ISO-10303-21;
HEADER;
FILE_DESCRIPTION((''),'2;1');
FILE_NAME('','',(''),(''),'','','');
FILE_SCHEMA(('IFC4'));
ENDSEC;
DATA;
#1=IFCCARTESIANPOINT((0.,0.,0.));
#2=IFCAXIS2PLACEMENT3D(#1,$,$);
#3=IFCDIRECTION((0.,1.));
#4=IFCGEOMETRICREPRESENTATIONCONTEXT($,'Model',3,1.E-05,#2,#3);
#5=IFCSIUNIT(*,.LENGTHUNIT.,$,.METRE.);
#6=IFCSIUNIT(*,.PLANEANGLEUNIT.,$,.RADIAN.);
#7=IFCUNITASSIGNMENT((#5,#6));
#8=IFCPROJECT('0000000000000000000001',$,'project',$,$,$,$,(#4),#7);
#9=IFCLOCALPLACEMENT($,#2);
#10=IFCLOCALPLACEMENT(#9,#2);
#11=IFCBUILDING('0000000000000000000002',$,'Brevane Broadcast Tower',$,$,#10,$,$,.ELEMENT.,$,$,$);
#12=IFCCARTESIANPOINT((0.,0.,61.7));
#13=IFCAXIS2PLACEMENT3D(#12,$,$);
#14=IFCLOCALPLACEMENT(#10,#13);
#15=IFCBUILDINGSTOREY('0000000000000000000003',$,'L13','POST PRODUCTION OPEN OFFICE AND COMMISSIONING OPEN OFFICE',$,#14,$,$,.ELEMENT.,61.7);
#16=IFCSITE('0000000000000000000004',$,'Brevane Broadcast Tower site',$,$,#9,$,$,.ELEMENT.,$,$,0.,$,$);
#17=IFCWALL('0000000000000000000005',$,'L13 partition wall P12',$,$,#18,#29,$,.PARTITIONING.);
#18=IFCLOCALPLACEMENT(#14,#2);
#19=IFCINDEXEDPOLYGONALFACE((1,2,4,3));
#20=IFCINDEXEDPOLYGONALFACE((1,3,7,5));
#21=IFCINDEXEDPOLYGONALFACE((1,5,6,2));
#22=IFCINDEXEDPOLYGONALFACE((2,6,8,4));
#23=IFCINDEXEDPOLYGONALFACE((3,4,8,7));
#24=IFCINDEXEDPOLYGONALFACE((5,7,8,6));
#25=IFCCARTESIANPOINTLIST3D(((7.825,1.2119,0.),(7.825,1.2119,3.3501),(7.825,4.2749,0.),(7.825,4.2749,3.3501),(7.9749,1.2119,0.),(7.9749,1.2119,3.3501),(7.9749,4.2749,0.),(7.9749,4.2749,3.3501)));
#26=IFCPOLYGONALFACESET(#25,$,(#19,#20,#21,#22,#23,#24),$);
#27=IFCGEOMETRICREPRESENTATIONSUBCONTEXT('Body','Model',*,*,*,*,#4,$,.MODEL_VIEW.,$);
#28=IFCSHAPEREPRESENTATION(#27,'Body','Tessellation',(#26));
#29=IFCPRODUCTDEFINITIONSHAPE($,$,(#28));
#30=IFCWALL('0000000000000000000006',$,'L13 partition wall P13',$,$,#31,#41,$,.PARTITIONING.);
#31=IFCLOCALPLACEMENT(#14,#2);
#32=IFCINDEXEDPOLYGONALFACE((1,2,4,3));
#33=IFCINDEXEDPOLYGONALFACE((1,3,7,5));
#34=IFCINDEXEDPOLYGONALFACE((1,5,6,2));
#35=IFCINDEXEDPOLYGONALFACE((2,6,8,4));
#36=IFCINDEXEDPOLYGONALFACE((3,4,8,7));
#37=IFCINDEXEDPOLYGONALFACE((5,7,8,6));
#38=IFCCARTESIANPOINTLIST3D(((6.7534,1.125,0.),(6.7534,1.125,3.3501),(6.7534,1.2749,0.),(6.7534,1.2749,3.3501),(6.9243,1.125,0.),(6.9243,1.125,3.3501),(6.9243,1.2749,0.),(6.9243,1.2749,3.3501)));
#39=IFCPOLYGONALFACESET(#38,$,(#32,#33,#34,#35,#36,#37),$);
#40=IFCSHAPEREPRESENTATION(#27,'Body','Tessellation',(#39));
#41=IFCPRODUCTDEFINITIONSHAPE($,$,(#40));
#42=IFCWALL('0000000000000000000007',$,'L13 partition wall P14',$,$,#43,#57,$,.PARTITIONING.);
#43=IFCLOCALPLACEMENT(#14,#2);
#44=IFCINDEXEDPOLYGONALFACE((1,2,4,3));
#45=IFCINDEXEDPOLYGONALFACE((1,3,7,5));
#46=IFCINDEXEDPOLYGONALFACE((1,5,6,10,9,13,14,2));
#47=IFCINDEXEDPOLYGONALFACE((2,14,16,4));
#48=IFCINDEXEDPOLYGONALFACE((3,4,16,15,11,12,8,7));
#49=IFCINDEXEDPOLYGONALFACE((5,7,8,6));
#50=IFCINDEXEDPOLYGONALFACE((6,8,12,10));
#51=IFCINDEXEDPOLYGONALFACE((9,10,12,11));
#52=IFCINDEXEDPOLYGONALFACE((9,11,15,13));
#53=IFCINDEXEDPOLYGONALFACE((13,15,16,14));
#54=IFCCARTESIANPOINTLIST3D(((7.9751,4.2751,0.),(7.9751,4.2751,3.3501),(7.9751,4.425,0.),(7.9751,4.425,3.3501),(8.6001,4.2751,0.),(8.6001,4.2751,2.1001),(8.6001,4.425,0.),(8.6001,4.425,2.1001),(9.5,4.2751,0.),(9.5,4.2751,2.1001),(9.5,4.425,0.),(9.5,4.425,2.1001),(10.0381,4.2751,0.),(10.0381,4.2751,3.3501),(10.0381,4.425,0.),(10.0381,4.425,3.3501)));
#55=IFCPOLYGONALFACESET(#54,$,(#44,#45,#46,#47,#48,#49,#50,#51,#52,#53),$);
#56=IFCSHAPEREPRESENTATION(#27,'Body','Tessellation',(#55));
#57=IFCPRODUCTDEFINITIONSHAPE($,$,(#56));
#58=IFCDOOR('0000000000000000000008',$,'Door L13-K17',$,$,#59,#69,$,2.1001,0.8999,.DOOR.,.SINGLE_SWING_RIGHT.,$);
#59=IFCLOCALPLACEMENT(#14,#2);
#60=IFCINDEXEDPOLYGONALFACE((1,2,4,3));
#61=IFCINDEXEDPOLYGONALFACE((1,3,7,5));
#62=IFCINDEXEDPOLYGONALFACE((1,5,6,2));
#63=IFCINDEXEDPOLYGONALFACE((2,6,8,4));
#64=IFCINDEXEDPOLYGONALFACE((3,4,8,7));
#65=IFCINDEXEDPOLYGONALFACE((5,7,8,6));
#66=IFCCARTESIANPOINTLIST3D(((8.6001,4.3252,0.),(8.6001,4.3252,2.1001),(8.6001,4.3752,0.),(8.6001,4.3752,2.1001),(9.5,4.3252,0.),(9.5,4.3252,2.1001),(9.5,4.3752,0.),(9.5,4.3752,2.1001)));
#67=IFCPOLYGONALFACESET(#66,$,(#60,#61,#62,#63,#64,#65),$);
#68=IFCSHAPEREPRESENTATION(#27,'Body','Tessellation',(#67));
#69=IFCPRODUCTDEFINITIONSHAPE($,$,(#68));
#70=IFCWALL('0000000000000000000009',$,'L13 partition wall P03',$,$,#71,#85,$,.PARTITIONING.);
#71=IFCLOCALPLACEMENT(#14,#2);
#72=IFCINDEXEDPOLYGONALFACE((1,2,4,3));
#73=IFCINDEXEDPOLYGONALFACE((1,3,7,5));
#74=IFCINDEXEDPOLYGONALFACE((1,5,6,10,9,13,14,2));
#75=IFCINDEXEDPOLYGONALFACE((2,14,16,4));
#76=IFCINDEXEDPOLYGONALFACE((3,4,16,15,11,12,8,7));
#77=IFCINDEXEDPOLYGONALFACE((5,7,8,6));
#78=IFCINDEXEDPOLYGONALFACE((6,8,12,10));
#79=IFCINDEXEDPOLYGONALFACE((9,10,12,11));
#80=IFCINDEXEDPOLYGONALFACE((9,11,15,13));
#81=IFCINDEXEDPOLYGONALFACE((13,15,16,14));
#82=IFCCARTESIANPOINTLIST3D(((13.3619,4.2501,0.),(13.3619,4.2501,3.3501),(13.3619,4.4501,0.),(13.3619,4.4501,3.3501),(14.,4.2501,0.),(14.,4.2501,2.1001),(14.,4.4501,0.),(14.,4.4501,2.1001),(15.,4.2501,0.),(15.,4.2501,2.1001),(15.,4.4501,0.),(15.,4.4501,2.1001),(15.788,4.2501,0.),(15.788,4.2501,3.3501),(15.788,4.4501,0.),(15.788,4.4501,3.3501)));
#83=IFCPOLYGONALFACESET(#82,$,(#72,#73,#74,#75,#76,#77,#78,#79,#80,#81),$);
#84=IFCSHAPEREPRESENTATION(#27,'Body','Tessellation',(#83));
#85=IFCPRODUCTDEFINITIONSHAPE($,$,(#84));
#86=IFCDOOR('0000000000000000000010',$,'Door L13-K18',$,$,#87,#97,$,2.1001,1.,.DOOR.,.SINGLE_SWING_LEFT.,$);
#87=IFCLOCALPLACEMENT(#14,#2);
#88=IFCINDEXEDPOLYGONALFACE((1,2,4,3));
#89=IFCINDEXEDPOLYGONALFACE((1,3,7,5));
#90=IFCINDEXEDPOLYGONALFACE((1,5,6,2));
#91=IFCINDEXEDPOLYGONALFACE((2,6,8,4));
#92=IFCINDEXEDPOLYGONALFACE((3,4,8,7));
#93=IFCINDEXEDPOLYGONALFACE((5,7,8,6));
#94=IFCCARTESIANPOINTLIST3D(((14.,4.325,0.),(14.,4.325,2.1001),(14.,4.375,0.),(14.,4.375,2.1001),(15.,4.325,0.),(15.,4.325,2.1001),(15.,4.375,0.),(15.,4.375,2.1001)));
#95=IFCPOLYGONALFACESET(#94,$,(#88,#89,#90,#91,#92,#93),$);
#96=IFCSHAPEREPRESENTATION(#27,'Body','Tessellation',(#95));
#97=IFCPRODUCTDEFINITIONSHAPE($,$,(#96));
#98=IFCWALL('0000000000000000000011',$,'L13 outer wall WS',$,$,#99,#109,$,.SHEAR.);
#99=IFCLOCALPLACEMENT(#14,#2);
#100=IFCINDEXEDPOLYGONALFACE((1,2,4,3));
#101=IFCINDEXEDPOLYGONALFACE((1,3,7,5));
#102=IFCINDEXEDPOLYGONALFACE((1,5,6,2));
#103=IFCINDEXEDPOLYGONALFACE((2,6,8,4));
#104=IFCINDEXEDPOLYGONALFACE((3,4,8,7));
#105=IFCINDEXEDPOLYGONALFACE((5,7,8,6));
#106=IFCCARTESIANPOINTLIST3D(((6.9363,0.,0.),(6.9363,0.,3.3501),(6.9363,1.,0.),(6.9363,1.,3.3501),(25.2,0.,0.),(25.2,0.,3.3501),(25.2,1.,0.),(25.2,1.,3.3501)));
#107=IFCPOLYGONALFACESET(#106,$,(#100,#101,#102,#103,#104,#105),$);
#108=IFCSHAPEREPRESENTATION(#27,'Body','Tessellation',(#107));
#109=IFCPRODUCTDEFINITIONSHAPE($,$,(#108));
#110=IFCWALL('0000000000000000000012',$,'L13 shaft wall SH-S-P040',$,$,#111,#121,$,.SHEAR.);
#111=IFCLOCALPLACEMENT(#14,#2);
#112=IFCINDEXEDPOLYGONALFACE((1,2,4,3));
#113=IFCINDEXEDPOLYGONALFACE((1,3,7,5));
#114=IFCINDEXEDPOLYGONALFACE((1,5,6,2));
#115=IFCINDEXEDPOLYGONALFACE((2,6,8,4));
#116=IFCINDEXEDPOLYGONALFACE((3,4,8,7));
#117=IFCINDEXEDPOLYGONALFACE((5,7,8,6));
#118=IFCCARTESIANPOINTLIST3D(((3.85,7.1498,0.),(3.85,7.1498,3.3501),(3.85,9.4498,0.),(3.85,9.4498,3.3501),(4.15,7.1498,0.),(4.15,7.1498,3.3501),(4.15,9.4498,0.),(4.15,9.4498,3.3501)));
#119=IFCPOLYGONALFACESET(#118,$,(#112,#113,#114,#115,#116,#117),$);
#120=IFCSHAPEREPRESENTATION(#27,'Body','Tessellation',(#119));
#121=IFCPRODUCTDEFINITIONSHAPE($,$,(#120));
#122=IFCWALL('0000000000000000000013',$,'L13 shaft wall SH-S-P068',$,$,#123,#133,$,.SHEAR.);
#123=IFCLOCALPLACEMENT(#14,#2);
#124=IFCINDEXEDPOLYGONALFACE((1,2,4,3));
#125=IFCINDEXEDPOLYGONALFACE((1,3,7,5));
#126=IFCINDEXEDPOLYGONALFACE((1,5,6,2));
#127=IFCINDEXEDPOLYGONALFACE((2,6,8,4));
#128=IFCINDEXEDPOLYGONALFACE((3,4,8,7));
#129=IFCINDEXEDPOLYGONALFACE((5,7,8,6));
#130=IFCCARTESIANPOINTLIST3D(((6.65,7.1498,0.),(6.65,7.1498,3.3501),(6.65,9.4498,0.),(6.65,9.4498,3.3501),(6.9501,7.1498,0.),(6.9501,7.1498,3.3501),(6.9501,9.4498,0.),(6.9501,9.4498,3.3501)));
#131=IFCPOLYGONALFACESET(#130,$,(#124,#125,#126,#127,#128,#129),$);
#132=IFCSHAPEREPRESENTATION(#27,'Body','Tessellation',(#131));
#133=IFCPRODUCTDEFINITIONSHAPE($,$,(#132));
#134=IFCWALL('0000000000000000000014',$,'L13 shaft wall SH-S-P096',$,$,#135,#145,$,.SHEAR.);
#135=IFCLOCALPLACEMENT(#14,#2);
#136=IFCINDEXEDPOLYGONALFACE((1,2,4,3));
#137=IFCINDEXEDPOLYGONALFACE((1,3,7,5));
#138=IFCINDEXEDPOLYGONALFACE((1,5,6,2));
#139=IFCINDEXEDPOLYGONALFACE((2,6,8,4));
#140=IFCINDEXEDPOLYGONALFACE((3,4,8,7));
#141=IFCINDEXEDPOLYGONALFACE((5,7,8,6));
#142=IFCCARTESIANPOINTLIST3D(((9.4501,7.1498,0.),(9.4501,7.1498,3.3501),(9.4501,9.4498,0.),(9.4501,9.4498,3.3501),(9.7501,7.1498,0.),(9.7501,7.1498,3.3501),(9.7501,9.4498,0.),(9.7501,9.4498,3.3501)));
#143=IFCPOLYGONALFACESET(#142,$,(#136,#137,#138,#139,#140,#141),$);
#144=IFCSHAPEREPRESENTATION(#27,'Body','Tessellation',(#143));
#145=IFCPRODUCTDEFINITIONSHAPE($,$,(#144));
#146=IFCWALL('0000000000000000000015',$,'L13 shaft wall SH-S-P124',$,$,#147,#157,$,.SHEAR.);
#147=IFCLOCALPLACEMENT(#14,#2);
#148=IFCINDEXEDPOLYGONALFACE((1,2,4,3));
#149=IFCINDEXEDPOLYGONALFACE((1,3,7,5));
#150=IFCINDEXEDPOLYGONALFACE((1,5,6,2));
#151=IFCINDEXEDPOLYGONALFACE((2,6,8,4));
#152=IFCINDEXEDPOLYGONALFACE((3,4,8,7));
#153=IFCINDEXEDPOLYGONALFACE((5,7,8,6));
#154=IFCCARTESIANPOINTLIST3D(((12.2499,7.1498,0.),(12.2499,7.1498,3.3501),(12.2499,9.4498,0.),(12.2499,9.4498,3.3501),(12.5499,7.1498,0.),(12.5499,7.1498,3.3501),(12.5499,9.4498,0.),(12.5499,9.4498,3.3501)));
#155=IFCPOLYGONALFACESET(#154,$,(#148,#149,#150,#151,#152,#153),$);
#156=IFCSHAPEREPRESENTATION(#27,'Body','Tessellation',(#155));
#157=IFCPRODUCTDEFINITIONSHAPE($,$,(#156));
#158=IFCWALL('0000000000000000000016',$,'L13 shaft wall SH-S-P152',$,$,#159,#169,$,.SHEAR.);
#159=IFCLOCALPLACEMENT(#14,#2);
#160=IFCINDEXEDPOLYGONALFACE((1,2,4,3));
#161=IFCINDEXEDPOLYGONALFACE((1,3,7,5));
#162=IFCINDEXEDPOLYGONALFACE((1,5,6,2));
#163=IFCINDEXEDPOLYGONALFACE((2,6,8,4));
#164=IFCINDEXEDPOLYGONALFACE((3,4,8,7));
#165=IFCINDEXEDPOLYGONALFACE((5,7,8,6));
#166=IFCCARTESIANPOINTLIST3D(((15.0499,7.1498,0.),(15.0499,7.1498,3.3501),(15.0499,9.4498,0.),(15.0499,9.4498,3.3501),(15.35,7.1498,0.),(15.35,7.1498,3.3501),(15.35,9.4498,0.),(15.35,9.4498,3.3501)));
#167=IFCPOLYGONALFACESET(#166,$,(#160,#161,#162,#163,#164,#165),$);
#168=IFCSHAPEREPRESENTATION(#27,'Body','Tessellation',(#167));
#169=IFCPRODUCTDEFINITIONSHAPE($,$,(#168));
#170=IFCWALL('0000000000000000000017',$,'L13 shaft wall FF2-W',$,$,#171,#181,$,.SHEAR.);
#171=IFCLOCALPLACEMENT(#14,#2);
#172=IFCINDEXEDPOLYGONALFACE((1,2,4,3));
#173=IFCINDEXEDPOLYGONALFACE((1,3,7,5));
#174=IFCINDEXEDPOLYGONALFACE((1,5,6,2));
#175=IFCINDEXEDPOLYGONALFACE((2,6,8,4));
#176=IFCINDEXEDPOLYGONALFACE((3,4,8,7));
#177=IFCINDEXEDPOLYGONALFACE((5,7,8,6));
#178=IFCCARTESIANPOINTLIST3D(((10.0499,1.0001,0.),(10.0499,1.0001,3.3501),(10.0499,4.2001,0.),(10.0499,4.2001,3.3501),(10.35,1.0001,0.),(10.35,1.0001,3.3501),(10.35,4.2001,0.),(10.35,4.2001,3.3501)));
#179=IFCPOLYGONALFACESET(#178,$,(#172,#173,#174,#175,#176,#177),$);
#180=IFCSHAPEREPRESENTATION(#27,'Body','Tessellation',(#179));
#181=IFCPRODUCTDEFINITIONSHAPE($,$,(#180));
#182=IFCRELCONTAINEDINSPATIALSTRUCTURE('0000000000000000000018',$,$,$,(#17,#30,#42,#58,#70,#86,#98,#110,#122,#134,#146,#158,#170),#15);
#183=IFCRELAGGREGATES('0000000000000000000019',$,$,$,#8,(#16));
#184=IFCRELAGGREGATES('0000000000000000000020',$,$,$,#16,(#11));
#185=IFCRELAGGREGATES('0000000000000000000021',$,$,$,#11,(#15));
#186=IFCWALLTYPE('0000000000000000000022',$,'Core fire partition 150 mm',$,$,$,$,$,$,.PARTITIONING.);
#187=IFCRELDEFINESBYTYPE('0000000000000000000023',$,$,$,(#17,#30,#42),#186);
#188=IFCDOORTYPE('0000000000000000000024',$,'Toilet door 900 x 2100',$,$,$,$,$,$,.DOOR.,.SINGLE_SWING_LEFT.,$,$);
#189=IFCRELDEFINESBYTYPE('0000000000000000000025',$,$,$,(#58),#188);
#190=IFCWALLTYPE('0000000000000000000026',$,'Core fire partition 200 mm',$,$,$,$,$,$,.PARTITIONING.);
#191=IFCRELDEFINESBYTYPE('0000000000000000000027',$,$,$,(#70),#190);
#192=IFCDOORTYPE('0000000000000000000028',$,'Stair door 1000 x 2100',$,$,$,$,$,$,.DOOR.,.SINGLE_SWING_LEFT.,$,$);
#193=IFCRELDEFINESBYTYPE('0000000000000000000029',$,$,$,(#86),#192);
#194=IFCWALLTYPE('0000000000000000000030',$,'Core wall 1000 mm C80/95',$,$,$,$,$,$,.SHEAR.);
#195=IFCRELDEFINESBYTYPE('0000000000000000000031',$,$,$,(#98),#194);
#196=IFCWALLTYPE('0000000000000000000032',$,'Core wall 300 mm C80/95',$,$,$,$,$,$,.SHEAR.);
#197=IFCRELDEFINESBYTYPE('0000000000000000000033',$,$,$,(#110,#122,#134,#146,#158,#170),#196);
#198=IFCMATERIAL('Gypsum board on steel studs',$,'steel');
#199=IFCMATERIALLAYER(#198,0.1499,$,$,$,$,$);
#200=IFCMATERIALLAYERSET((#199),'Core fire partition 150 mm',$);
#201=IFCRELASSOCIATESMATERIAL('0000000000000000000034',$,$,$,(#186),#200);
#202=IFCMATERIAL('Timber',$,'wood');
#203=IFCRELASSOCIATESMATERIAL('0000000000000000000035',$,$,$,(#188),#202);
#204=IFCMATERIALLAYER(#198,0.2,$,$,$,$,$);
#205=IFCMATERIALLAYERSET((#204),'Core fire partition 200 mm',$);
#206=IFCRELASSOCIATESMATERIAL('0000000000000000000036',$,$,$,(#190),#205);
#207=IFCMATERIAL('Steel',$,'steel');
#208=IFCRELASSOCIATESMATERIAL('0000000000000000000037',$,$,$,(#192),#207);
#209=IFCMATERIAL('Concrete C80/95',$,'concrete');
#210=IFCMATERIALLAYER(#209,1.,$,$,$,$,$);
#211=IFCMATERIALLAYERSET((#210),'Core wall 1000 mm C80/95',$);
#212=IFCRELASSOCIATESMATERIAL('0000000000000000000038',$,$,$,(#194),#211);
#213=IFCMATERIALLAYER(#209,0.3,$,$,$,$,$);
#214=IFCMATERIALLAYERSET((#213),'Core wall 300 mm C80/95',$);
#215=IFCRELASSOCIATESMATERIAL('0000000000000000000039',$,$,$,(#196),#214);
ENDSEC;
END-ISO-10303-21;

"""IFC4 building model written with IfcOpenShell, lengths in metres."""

from ifc_helpers import new_model, si_unit, direction, frame, frame_2d, origin, place, context, subcontext, project, spatial, rectangle, extrude, material, layer, layer_set, type_object, element, fill, save


model = new_model("IFC4")

# Units and contexts
model_context = context("Model", 3, precision=1e-05, world=origin(), true_north=direction((0.0, 1.0)))
body_context = subcontext(model_context, "Body", "Model", "MODEL_VIEW")
ifc_project = project(units=[si_unit("LENGTHUNIT", "METRE"), si_unit("PLANEANGLEUNIT", "RADIAN")], contexts=[model_context])

# Site, building, storey
site_placement = place(None, origin())
site = spatial("IfcSite", under=ifc_project, at=site_placement, Name="Brevane Broadcast Tower site", CompositionType="ELEMENT", RefElevation=0.0)
building_placement = place(site_placement, origin())
building = spatial("IfcBuilding", under=site, at=building_placement, Name="Brevane Broadcast Tower", CompositionType="ELEMENT")
storey_placement = place(building_placement, frame((0.0, 0.0, 61.7)))
storey = spatial("IfcBuildingStorey", under=building, at=storey_placement, Name="L13", Description="POST PRODUCTION OPEN OFFICE AND COMMISSIONING OPEN OFFICE", CompositionType="ELEMENT", Elevation=61.7)

# Shared definitions
ifc_material_1 = material(Name="Gypsum board on steel studs", Category="steel")
ifc_layer_1 = layer(ifc_material_1, 0.1499)
ifc_layer_set_1 = layer_set([ifc_layer_1], Name="Core fire partition 150 mm")
wall_type_1 = type_object("IfcWallType", Name="Core fire partition 150 mm", PredefinedType="PARTITIONING", material=ifc_layer_set_1)

# Shared definitions
ifc_material_2 = material(Name="Timber", Category="wood")
door_type_1 = type_object("IfcDoorType", Name="Toilet door 900 x 2100", OperationType="SINGLE_SWING_LEFT", PredefinedType="DOOR", material=ifc_material_2)

# Walls
wall_1_placement = place(storey_placement, frame((7.8999, 4.2749, 0.0), z_axis=(0.0, 0.0, 1.0), x_axis=(0.0, -1.0, 0.0)))
element("IfcWall", 1, at=wall_1_placement, inside=storey, type_object=wall_type_1, Name="L13 partition wall P12", PredefinedType="PARTITIONING", context=body_context, shape_type="SweptSolid", body=[
    extrude(rectangle(XDim=3.063, YDim=0.1499, at=frame_2d((1.5315, 0.0))), origin(), (0.0, 0.0, 1.0), 3.3501),
])
wall_2_placement = place(storey_placement, frame((6.9243, 1.2, 0.0), z_axis=(0.0, 0.0, 1.0), x_axis=(-1.0, 0.0, 0.0)))
element("IfcWall", 2, at=wall_2_placement, inside=storey, type_object=wall_type_1, Name="L13 partition wall P13", PredefinedType="PARTITIONING", context=body_context, shape_type="SweptSolid", body=[
    extrude(rectangle(XDim=0.1709, YDim=0.1499, at=frame_2d((0.0854, 0.0))), origin(), (0.0, 0.0, 1.0), 3.3501),
])

# Walls, openings, doors
wall_3_placement = place(storey_placement, frame((10.0381, 4.3501, 0.0), z_axis=(0.0, 0.0, 1.0), x_axis=(-1.0, 0.0, 0.0)))
wall_3 = element("IfcWall", 3, at=wall_3_placement, inside=storey, type_object=wall_type_1, Name="L13 partition wall P14", PredefinedType="PARTITIONING", context=body_context, shape_type="SweptSolid", body=[
    extrude(rectangle(XDim=2.063, YDim=0.1499, at=frame_2d((1.0315, 0.0))), origin(), (0.0, 0.0, 1.0), 3.3501),
])
opening_1_placement = place(wall_3_placement, frame((0.5381, 0.0, 0.0)))
opening_1 = element("IfcOpeningElement", 4, at=opening_1_placement, cuts=wall_3, PredefinedType="OPENING", context=body_context, shape_type="SweptSolid", body=[
    extrude(rectangle(XDim=0.8999, YDim=2.1001, at=frame_2d((0.45, 1.05))), frame((0.0, 0.085, 0.0), z_axis=(0.0, -1.0, 0.0), x_axis=(1.0, 0.0, 0.0)), (0.0, 0.0, 1.0), 0.1699),
])
door_1_placement = place(opening_1_placement, origin())
door_1 = element("IfcDoor", 5, at=door_1_placement, inside=storey, type_object=door_type_1, Name="Door L13-K17", OperationType="SINGLE_SWING_RIGHT", OverallHeight=2.1001, OverallWidth=0.8999, PredefinedType="DOOR", context=body_context, shape_type="SweptSolid", body=[
    extrude(rectangle(XDim=0.8999, YDim=2.1001, at=frame_2d((0.45, 1.05))), frame((0.0, 0.0249, 0.0), z_axis=(0.0, -1.0, 0.0), x_axis=(1.0, 0.0, 0.0)), (0.0, 0.0, 1.0), 0.05),
])
fill(opening_1, door_1)
ifc_layer_2 = layer(ifc_material_1, 0.2)
ifc_layer_set_2 = layer_set([ifc_layer_2], Name="Core fire partition 200 mm")
wall_type_2 = type_object("IfcWallType", Name="Core fire partition 200 mm", PredefinedType="PARTITIONING", material=ifc_layer_set_2)
wall_4_placement = place(storey_placement, frame((13.3621, 4.3501, 0.0), z_axis=(0.0, 0.0, 1.0), x_axis=(1.0, 0.0, 0.0)))
wall_4 = element("IfcWall", 6, at=wall_4_placement, inside=storey, type_object=wall_type_2, Name="L13 partition wall P03", PredefinedType="PARTITIONING", context=body_context, shape_type="SweptSolid", body=[
    extrude(rectangle(XDim=2.426, YDim=0.2, at=frame_2d((1.2129, 0.0))), origin(), (0.0, 0.0, 1.0), 3.3501),
])
opening_2_placement = place(wall_4_placement, frame((0.6379, 0.0, 0.0)))
opening_2 = element("IfcOpeningElement", 7, at=opening_2_placement, cuts=wall_4, PredefinedType="OPENING", context=body_context, shape_type="SweptSolid", body=[
    extrude(rectangle(XDim=1.0, YDim=2.1001, at=frame_2d((0.5, 1.05))), frame((0.0, 0.1099, 0.0), z_axis=(0.0, -1.0, 0.0), x_axis=(1.0, 0.0, 0.0)), (0.0, 0.0, 1.0), 0.22),
])
ifc_material_3 = material(Name="Steel", Category="steel")
door_type_2 = type_object("IfcDoorType", Name="Stair door 1000 x 2100", OperationType="SINGLE_SWING_LEFT", PredefinedType="DOOR", material=ifc_material_3)
door_2_placement = place(opening_2_placement, origin())
door_2 = element("IfcDoor", 8, at=door_2_placement, inside=storey, type_object=door_type_2, Name="Door L13-K18", OperationType="SINGLE_SWING_LEFT", OverallHeight=2.1001, OverallWidth=1.0, PredefinedType="DOOR", context=body_context, shape_type="SweptSolid", body=[
    extrude(rectangle(XDim=1.0, YDim=2.1001, at=frame_2d((0.5, 1.05))), frame((0.0, 0.0249, 0.0), z_axis=(0.0, -1.0, 0.0), x_axis=(1.0, 0.0, 0.0)), (0.0, 0.0, 1.0), 0.05),
])
fill(opening_2, door_2)

# Walls
ifc_material_4 = material(Name="Concrete C80/95", Category="concrete")
ifc_layer_3 = layer(ifc_material_4, 1.0)
ifc_layer_set_3 = layer_set([ifc_layer_3], Name="Core wall 1000 mm C80/95")
wall_type_3 = type_object("IfcWallType", Name="Core wall 1000 mm C80/95", PredefinedType="SHEAR", material=ifc_layer_set_3)
wall_5_placement = place(storey_placement, frame((6.9363, 0.5, 0.0), z_axis=(0.0, 0.0, 1.0), x_axis=(1.0, 0.0, 0.0)))
element("IfcWall", 9, at=wall_5_placement, inside=storey, type_object=wall_type_3, Name="L13 outer wall WS", PredefinedType="SHEAR", context=body_context, shape_type="SweptSolid", body=[
    extrude(rectangle(XDim=18.2637, YDim=1.0, at=frame_2d((9.1318, 0.0))), origin(), (0.0, 0.0, 1.0), 3.3501),
])
ifc_layer_4 = layer(ifc_material_4, 0.3)
ifc_layer_set_4 = layer_set([ifc_layer_4], Name="Core wall 300 mm C80/95")
wall_type_4 = type_object("IfcWallType", Name="Core wall 300 mm C80/95", PredefinedType="SHEAR", material=ifc_layer_set_4)
for number, where, z_axis, x_axis, name in (
    (10, (4.0, 7.1499, 0.0), (0.0, 0.0, 1.0), (0.0, 1.0, 0.0), "L13 shaft wall SH-S-P040"),
    (11, (6.8, 7.1499, 0.0), (0.0, 0.0, 1.0), (0.0, 1.0, 0.0), "L13 shaft wall SH-S-P068"),
    (12, (9.6001, 7.1499, 0.0), (0.0, 0.0, 1.0), (0.0, 1.0, 0.0), "L13 shaft wall SH-S-P096"),
    (13, (12.3999, 7.1499, 0.0), (0.0, 0.0, 1.0), (0.0, 1.0, 0.0), "L13 shaft wall SH-S-P124"),
    (14, (15.2, 7.1499, 0.0), (0.0, 0.0, 1.0), (0.0, 1.0, 0.0), "L13 shaft wall SH-S-P152"),
):
    element("IfcWall", number, at=place(storey_placement, frame(where, z_axis=z_axis, x_axis=x_axis)), inside=storey, type_object=wall_type_4, Name=name, PredefinedType="SHEAR", context=body_context, shape_type="SweptSolid", body=[
        extrude(rectangle(XDim=2.3, YDim=0.3, at=frame_2d((1.1499, 0.0))), origin(), (0.0, 0.0, 1.0), 3.3501),
    ])
wall_6_placement = place(storey_placement, frame((10.2, 1.0, 0.0), z_axis=(0.0, 0.0, 1.0), x_axis=(0.0, 1.0, 0.0)))
element("IfcWall", 15, at=wall_6_placement, inside=storey, type_object=wall_type_4, Name="L13 shaft wall FF2-W", PredefinedType="SHEAR", context=body_context, shape_type="SweptSolid", body=[
    extrude(rectangle(XDim=3.2, YDim=0.3, at=frame_2d((1.6001, 0.0))), origin(), (0.0, 0.0, 1.0), 3.3501),
])

save(model, "model.ifc")
